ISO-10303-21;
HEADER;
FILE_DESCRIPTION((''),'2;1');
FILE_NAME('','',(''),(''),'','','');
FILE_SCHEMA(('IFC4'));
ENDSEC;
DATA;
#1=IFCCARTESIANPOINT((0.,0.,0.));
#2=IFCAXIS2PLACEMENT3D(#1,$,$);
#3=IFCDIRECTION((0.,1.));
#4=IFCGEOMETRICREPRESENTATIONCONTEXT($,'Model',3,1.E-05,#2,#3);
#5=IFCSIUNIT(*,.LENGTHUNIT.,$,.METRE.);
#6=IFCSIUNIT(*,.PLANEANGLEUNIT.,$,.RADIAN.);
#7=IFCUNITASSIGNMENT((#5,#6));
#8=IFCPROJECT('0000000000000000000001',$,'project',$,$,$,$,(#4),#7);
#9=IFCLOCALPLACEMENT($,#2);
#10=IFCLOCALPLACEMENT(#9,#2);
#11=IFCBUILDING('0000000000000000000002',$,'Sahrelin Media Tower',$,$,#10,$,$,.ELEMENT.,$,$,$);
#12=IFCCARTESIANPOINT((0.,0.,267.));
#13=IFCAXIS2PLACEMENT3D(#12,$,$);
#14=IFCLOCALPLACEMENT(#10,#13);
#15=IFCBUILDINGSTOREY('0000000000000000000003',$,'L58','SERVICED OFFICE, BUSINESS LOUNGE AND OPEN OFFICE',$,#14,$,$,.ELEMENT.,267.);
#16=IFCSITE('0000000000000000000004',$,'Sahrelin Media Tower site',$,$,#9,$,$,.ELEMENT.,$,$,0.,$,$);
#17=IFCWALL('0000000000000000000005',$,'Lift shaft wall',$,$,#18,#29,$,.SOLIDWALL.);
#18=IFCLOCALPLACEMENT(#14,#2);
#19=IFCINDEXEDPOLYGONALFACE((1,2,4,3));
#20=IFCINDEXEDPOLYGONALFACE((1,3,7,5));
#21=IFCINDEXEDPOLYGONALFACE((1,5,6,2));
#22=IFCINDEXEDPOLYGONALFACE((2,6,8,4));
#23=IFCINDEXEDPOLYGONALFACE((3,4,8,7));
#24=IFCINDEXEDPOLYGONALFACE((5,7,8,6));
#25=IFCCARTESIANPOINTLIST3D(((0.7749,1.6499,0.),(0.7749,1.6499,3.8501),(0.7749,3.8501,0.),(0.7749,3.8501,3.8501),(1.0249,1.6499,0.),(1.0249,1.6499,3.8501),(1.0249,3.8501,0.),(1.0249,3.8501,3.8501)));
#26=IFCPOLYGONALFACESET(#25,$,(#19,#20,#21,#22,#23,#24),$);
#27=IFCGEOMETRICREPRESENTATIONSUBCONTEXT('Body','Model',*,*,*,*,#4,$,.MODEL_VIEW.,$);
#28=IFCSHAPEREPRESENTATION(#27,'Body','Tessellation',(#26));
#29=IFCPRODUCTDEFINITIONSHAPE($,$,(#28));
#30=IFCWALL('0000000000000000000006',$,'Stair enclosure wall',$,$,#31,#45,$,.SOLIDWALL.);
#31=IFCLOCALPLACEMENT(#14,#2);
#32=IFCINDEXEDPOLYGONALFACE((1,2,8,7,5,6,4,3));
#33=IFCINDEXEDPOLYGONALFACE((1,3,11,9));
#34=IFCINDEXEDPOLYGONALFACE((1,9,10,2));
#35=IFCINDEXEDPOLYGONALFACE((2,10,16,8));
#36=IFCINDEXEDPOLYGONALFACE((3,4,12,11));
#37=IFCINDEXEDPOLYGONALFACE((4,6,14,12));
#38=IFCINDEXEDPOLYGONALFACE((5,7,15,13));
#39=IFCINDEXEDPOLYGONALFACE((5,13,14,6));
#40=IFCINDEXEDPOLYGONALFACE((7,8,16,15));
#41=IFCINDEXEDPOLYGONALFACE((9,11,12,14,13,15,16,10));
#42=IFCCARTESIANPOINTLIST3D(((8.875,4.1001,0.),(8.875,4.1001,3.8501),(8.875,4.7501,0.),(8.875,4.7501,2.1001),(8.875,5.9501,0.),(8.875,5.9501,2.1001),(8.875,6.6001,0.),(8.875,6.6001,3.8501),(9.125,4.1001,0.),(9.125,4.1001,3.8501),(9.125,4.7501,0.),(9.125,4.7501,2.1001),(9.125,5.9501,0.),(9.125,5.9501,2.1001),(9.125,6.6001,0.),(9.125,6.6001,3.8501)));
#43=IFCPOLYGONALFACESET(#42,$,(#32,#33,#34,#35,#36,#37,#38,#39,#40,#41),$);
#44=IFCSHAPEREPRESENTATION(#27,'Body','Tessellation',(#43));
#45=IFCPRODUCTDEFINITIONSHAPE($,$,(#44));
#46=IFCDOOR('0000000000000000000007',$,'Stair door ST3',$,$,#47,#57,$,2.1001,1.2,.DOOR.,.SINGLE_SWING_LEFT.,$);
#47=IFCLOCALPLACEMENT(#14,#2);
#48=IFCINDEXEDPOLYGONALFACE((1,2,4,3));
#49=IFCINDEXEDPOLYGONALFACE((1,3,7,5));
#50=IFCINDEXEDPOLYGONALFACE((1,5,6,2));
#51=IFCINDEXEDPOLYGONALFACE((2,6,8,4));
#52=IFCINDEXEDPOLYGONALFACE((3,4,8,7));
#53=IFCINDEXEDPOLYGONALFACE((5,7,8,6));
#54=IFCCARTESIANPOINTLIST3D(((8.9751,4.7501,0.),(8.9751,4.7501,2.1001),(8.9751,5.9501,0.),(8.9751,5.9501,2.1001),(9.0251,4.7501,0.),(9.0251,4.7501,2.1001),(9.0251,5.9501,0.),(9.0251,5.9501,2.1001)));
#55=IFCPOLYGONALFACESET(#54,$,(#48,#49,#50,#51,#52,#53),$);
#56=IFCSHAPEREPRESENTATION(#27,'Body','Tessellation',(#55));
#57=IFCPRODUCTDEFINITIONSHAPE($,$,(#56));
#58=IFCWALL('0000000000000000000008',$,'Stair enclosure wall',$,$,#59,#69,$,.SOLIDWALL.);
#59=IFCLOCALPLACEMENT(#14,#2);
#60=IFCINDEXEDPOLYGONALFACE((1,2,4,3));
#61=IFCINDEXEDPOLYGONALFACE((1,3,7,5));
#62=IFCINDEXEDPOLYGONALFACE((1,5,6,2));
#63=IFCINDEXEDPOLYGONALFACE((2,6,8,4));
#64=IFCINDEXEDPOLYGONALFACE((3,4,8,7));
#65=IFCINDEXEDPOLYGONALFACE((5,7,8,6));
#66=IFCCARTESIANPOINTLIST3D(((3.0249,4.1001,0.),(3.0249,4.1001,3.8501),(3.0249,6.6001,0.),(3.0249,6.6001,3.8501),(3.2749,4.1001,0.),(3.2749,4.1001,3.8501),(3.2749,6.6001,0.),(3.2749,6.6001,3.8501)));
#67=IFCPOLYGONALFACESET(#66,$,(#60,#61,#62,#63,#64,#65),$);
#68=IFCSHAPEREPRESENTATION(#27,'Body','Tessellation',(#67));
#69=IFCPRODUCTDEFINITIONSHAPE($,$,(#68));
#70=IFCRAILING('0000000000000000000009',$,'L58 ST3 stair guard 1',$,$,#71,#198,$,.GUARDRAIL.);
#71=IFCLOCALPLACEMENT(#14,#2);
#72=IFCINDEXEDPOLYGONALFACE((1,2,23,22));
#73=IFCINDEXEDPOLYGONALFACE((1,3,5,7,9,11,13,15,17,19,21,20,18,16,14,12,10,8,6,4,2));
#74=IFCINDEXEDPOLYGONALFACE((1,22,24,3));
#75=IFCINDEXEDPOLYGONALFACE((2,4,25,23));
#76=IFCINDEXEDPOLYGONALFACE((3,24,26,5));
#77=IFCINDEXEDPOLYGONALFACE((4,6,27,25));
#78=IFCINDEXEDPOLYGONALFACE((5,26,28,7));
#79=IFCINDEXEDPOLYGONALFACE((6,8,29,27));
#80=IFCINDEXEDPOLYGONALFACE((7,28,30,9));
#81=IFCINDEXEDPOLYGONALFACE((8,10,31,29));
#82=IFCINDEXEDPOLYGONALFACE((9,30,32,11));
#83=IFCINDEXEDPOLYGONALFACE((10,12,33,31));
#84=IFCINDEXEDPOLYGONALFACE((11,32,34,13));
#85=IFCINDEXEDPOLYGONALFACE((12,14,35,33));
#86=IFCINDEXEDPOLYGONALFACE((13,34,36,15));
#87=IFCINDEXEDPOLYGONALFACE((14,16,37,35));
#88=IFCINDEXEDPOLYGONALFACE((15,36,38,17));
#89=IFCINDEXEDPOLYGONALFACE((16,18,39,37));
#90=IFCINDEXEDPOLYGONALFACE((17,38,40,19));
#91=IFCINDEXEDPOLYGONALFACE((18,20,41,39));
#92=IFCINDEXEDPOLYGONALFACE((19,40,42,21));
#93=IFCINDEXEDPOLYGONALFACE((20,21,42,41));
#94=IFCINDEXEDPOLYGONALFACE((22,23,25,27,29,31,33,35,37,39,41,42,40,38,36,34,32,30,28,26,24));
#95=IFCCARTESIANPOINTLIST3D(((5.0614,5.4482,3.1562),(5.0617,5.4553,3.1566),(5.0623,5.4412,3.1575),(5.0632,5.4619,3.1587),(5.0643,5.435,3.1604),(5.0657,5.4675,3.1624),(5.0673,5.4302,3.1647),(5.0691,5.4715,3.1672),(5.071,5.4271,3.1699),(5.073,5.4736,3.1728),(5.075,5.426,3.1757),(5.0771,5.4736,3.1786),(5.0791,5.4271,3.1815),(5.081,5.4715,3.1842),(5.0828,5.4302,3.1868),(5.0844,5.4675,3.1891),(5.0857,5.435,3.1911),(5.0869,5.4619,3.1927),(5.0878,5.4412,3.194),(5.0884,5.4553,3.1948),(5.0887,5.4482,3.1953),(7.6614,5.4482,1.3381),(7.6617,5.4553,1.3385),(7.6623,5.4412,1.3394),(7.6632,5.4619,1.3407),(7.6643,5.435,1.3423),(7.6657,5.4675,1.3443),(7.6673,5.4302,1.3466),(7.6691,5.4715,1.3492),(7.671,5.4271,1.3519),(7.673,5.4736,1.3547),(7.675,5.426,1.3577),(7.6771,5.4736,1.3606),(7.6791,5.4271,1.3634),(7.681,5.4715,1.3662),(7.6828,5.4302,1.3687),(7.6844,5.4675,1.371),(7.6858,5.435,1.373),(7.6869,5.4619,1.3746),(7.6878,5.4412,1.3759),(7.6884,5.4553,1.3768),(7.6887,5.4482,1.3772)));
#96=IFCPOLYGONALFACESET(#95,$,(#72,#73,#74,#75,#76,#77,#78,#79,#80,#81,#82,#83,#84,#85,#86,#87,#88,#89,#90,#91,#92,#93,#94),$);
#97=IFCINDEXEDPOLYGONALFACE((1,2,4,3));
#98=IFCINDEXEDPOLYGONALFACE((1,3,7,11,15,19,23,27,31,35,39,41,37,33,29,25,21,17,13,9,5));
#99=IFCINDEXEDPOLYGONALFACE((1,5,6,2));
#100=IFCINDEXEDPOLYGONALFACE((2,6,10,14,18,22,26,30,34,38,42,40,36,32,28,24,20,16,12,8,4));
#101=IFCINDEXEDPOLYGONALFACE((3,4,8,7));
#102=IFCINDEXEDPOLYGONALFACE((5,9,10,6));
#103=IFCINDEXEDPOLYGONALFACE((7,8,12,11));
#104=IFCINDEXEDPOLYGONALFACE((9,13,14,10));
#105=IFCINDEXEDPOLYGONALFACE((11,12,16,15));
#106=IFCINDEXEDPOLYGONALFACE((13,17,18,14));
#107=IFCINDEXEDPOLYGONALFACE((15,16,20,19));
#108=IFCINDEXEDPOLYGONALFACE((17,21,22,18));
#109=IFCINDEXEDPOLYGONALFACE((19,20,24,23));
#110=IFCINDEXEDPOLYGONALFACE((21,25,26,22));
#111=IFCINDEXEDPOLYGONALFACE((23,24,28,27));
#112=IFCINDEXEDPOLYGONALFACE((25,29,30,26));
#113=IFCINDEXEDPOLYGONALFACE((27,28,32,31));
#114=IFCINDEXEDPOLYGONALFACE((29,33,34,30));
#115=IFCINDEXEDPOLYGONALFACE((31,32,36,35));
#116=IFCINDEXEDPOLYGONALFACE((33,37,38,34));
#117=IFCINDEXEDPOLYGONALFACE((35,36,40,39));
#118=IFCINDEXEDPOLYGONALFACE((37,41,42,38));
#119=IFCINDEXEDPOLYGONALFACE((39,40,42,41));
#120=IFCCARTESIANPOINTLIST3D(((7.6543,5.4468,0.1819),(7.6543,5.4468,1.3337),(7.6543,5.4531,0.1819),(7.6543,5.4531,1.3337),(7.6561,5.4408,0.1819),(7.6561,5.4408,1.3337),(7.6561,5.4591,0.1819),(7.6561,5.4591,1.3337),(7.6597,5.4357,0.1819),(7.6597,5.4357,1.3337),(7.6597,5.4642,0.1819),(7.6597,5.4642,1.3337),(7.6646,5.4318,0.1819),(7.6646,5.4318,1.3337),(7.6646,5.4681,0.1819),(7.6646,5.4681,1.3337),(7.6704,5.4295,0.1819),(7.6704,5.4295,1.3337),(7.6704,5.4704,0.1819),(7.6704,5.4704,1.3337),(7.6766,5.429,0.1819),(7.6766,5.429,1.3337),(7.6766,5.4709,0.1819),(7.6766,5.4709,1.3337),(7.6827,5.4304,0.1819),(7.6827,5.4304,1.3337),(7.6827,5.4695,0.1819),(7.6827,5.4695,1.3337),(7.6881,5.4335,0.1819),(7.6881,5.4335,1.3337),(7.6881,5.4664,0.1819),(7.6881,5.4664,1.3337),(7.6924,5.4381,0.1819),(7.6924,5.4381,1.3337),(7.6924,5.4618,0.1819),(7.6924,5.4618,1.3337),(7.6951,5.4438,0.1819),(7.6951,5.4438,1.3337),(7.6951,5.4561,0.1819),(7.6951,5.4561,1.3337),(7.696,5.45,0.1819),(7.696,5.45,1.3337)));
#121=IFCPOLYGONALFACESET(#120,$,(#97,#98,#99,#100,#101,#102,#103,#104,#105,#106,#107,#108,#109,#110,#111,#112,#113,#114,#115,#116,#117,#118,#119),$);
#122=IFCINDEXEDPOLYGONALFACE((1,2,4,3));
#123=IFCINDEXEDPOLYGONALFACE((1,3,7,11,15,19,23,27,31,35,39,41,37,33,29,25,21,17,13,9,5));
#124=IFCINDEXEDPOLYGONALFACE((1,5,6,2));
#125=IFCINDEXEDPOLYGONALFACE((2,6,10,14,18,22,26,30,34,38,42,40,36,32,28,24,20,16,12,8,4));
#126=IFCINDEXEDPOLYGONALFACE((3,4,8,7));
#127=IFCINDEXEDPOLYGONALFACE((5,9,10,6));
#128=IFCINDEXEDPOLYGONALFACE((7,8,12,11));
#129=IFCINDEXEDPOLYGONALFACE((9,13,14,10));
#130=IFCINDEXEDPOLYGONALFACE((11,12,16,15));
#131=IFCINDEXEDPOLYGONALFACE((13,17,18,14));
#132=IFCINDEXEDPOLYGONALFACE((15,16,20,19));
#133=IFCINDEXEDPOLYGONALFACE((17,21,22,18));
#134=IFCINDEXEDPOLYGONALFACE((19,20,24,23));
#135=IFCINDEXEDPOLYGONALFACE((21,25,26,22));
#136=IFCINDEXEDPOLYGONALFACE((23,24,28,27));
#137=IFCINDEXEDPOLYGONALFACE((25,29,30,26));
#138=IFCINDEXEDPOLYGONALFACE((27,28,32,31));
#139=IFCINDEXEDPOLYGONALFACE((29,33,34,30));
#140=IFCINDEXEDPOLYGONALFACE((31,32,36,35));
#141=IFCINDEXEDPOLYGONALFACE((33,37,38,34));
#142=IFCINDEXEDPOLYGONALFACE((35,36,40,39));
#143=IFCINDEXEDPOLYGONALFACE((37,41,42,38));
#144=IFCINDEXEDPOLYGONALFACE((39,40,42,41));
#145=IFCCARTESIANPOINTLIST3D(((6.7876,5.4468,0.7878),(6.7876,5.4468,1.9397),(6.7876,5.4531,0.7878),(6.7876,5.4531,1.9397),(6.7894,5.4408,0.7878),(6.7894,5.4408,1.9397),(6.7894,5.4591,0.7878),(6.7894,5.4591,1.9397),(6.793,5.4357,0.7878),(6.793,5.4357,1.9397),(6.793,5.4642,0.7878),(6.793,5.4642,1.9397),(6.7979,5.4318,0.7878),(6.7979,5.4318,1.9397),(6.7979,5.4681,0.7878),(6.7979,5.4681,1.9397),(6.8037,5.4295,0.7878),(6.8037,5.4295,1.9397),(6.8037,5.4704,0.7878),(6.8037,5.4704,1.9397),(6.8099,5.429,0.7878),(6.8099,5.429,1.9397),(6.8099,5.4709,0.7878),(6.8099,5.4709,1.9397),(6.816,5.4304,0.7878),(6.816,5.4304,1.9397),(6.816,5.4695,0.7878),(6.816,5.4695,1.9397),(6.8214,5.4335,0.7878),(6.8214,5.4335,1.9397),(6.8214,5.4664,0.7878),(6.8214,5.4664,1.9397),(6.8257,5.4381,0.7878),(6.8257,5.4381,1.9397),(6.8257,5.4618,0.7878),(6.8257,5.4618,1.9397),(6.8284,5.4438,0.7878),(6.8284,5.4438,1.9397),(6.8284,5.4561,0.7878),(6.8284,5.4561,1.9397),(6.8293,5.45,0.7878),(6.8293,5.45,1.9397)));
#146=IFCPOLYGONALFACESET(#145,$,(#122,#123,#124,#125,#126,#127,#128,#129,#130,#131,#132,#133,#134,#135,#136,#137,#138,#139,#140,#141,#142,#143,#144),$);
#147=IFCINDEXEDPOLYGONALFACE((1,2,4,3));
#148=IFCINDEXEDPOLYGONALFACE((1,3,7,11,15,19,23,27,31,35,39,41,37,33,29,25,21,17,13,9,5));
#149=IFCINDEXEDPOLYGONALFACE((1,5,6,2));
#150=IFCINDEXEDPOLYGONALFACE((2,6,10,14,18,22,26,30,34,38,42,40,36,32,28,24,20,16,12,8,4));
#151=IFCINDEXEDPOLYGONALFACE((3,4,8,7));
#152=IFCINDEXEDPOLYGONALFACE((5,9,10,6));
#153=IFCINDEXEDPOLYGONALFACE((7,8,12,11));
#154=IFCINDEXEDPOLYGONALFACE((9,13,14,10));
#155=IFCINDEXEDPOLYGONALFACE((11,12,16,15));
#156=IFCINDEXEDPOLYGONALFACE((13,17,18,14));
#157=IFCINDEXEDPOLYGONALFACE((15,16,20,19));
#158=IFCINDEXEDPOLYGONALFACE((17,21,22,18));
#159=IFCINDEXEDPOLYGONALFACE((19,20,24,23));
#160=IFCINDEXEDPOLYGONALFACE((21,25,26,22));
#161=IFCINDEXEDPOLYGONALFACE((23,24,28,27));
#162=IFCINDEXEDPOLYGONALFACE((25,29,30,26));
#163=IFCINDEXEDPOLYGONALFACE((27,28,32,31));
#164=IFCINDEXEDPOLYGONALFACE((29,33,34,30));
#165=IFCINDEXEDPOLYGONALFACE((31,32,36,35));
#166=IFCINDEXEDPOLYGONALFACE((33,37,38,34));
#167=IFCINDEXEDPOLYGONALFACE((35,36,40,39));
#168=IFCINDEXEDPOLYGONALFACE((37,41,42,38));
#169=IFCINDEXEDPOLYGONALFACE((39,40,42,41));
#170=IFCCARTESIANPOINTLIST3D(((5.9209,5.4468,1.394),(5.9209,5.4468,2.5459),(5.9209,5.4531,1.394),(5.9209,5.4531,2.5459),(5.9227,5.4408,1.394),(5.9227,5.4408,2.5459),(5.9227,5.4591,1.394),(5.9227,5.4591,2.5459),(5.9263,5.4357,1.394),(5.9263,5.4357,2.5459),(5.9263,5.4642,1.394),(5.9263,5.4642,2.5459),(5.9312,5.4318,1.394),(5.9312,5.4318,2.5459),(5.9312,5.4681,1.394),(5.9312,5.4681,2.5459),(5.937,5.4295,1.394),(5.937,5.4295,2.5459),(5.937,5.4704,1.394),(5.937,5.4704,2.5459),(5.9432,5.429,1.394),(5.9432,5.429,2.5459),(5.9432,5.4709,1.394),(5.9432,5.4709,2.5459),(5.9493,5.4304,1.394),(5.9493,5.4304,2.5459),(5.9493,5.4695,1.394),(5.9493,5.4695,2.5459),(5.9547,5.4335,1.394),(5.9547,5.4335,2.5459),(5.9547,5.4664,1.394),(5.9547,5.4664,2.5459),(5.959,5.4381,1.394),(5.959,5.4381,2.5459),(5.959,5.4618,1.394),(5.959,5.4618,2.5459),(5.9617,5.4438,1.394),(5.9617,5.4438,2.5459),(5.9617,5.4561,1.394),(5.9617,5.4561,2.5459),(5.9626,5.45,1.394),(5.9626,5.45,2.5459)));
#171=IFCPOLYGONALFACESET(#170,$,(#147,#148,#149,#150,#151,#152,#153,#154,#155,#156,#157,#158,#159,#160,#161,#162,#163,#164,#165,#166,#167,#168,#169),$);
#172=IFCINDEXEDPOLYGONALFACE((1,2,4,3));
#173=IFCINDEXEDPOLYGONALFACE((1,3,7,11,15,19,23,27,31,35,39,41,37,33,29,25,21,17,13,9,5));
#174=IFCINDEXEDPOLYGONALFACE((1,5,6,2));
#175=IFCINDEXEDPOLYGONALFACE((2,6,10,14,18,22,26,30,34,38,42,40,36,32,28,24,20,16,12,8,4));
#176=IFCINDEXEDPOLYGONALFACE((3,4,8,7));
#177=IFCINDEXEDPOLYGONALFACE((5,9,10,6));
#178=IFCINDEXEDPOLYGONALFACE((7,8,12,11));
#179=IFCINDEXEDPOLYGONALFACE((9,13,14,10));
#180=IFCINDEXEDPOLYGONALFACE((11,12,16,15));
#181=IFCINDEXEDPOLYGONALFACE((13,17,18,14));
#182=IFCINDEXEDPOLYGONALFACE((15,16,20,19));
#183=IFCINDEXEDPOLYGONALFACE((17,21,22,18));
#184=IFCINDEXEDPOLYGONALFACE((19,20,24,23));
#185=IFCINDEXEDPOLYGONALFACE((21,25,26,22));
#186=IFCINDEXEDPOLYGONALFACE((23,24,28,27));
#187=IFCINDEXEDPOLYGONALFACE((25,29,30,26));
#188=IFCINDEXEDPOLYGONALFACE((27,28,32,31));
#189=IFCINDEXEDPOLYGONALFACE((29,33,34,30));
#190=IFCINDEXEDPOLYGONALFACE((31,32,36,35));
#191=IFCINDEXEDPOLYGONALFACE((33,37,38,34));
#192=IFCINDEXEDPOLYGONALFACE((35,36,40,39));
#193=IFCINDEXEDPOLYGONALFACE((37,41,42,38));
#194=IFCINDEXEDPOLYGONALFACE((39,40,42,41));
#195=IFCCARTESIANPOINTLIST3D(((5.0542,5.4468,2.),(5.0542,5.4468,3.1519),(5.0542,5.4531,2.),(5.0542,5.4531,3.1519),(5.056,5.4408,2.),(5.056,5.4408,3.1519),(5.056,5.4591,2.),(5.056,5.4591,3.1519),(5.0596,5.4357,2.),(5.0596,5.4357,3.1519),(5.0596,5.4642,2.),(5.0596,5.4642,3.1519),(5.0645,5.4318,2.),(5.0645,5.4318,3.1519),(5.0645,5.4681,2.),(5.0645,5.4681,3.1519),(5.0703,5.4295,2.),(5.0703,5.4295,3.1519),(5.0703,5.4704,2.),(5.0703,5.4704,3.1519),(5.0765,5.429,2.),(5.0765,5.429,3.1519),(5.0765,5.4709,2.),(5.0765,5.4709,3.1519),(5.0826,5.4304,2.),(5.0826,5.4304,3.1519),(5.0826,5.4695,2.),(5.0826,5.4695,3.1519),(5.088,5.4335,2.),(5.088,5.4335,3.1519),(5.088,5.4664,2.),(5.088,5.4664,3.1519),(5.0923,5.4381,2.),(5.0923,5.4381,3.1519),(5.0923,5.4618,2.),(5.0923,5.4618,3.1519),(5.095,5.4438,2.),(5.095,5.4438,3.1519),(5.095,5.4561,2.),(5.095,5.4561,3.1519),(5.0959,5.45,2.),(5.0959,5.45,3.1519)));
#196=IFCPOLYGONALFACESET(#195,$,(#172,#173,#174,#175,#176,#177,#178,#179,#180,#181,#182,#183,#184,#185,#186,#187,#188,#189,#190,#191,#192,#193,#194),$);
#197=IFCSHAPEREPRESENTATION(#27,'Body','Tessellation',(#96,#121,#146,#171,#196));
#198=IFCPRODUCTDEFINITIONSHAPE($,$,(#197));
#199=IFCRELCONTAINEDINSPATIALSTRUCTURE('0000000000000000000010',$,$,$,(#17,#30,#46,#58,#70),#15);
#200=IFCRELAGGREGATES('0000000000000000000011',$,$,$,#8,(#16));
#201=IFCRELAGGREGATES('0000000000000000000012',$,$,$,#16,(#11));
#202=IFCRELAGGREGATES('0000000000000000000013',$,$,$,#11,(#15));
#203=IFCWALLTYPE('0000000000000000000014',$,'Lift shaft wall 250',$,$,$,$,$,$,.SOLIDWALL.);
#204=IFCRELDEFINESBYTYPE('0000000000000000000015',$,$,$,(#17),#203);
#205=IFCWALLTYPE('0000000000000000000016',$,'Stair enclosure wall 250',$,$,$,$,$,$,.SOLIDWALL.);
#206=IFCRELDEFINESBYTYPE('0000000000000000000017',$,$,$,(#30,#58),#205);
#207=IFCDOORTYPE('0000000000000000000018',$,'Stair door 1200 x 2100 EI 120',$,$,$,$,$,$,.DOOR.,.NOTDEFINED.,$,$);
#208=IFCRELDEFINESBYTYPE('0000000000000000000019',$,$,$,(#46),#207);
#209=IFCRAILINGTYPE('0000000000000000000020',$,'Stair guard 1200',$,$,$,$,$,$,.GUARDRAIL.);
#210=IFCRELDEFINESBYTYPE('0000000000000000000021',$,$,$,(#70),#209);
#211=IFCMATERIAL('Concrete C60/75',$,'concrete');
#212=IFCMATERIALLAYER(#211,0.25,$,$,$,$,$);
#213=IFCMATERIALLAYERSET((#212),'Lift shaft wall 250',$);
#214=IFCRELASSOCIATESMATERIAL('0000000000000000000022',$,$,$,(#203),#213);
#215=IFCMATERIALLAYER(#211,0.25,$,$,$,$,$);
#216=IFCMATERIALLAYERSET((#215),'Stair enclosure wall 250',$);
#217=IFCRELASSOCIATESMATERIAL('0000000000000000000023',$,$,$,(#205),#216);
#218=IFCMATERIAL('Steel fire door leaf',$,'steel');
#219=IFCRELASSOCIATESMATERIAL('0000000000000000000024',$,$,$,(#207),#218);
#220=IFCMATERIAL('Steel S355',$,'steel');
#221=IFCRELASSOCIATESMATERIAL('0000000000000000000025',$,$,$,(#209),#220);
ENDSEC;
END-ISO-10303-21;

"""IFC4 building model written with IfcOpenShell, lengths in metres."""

from ifc_helpers import new_model, si_unit, direction, frame, frame_2d, origin, origin_2d, place, context, subcontext, project, spatial, rectangle, circle, extrude, material, layer, layer_set, type_object, element, fill, save


model = new_model("IFC4")

# Units and contexts
model_context = context("Model", 3, precision=1e-05, world=origin(), true_north=direction((0.0, 1.0)))
body_context = subcontext(model_context, "Body", "Model", "MODEL_VIEW")
ifc_project = project(units=[si_unit("LENGTHUNIT", "METRE"), si_unit("PLANEANGLEUNIT", "RADIAN")], contexts=[model_context])

# Site, building, storey
site_placement = place(None, origin())
site = spatial("IfcSite", under=ifc_project, at=site_placement, Name="Sahrelin Media Tower site", CompositionType="ELEMENT", RefElevation=0.0)
building_placement = place(site_placement, origin())
building = spatial("IfcBuilding", under=site, at=building_placement, Name="Sahrelin Media Tower", CompositionType="ELEMENT")
storey_placement = place(building_placement, frame((0.0, 0.0, 267.0)))
storey = spatial("IfcBuildingStorey", under=building, at=storey_placement, Name="L58", Description="SERVICED OFFICE, BUSINESS LOUNGE AND OPEN OFFICE", CompositionType="ELEMENT", Elevation=267.0)

# Shared definitions
ifc_material_1 = material(Name="Steel S355", Category="steel")

# Shared definitions
ifc_material_2 = material(Name="Concrete C60/75", Category="concrete")
ifc_layer_1 = layer(ifc_material_2, 0.25)
ifc_layer_set_1 = layer_set([ifc_layer_1], Name="Lift shaft wall 250")
wall_type_1 = type_object("IfcWallType", Name="Lift shaft wall 250", PredefinedType="SOLIDWALL", material=ifc_layer_set_1)

# Wall
for number, where, z_axis, x_axis, name in (
    (1, (0.8999, 1.6499, 0.0), (0.0, 0.0, 1.0), (0.0, 1.0, 0.0), "Lift shaft wall"),
):
    element("IfcWall", number, at=place(storey_placement, frame(where, z_axis=z_axis, x_axis=x_axis)), inside=storey, type_object=wall_type_1, Name=name, PredefinedType="SOLIDWALL", context=body_context, shape_type="SweptSolid", body=[
        extrude(rectangle(XDim=2.2002, YDim=0.25, at=frame_2d((1.1001, 0.0))), origin(), (0.0, 0.0, 1.0), 3.8501),
    ])

# Wall, opening, door
ifc_layer_2 = layer(ifc_material_2, 0.25)
ifc_layer_set_2 = layer_set([ifc_layer_2], Name="Stair enclosure wall 250")
wall_type_2 = type_object("IfcWallType", Name="Stair enclosure wall 250", PredefinedType="SOLIDWALL", material=ifc_layer_set_2)
wall_1_placement = place(storey_placement, frame((9.0, 4.1001, 0.0), z_axis=(0.0, 0.0, 1.0), x_axis=(0.0, 1.0, 0.0)))
wall_1 = element("IfcWall", 2, at=wall_1_placement, inside=storey, type_object=wall_type_2, Name="Stair enclosure wall", PredefinedType="SOLIDWALL", context=body_context, shape_type="SweptSolid", body=[
    extrude(rectangle(XDim=2.5, YDim=0.25, at=frame_2d((1.25, 0.0))), origin(), (0.0, 0.0, 1.0), 3.8501),
])
opening_1_placement = place(wall_1_placement, frame((0.6499, 0.0, 0.0)))
opening_1 = element("IfcOpeningElement", 3, at=opening_1_placement, cuts=wall_1, PredefinedType="OPENING", context=body_context, shape_type="SweptSolid", body=[
    extrude(rectangle(XDim=1.2, YDim=2.1001, at=frame_2d((0.6001, 1.05))), frame((0.0, 0.125, 0.0), z_axis=(0.0, -1.0, 0.0), x_axis=(1.0, 0.0, 0.0)), (0.0, 0.0, 1.0), 0.25),
])
ifc_material_3 = material(Name="Steel fire door leaf", Category="steel")
door_type_1 = type_object("IfcDoorType", Name="Stair door 1200 x 2100 EI 120", OperationType="NOTDEFINED", PredefinedType="DOOR", material=ifc_material_3)
door_1_placement = place(opening_1_placement, origin())
door_1 = element("IfcDoor", 4, at=door_1_placement, inside=storey, type_object=door_type_1, Name="Stair door ST3", OperationType="SINGLE_SWING_LEFT", OverallHeight=2.1001, OverallWidth=1.2, PredefinedType="DOOR", context=body_context, shape_type="SweptSolid", body=[
    extrude(rectangle(XDim=1.2, YDim=2.1001, at=frame_2d((0.6001, 1.05))), frame((0.0, 0.0249, 0.0), z_axis=(0.0, -1.0, 0.0), x_axis=(1.0, 0.0, 0.0)), (0.0, 0.0, 1.0), 0.05),
])
fill(opening_1, door_1)

# Wall
wall_2_placement = place(storey_placement, frame((3.1499, 4.1001, 0.0), z_axis=(0.0, 0.0, 1.0), x_axis=(0.0, 1.0, 0.0)))
element("IfcWall", 5, at=wall_2_placement, inside=storey, type_object=wall_type_2, Name="Stair enclosure wall", PredefinedType="SOLIDWALL", context=body_context, shape_type="SweptSolid", body=[
    extrude(rectangle(XDim=2.5, YDim=0.25, at=frame_2d((1.25, 0.0))), origin(), (0.0, 0.0, 1.0), 3.8501),
])

# Railing
railing_type_1 = type_object("IfcRailingType", Name="Stair guard 1200", PredefinedType="GUARDRAIL", material=ifc_material_1)
railing_1_placement = place(storey_placement, frame((7.675, 5.45, 0.1819)))
element("IfcRailing", 6, at=railing_1_placement, inside=storey, type_object=railing_type_1, Name="L58 ST3 stair guard 1", PredefinedType="GUARDRAIL", context=body_context, shape_type="SweptSolid", body=[
    extrude(circle(Radius=0.0239, at=origin_2d()), frame((0.0, 0.0, 1.1758), z_axis=(-0.819521, 0.0, 0.573049), x_axis=(0.0, -1.0, 0.0)), (0.0, 0.0, 1.0), 3.1726),
    extrude(circle(Radius=0.021, at=origin_2d()), origin(), (0.0, 0.0, 1.0), 1.1519),
    extrude(circle(Radius=0.021, at=origin_2d()), frame((-0.8667, 0.0, 0.606)), (0.0, 0.0, 1.0), 1.1519),
    extrude(circle(Radius=0.021, at=origin_2d()), frame((-1.7334, 0.0, 1.2122)), (0.0, 0.0, 1.0), 1.1519),
    extrude(circle(Radius=0.021, at=origin_2d()), frame((-2.6001, 0.0, 1.8181)), (0.0, 0.0, 1.0), 1.1519),
])

save(model, "model.ifc")
